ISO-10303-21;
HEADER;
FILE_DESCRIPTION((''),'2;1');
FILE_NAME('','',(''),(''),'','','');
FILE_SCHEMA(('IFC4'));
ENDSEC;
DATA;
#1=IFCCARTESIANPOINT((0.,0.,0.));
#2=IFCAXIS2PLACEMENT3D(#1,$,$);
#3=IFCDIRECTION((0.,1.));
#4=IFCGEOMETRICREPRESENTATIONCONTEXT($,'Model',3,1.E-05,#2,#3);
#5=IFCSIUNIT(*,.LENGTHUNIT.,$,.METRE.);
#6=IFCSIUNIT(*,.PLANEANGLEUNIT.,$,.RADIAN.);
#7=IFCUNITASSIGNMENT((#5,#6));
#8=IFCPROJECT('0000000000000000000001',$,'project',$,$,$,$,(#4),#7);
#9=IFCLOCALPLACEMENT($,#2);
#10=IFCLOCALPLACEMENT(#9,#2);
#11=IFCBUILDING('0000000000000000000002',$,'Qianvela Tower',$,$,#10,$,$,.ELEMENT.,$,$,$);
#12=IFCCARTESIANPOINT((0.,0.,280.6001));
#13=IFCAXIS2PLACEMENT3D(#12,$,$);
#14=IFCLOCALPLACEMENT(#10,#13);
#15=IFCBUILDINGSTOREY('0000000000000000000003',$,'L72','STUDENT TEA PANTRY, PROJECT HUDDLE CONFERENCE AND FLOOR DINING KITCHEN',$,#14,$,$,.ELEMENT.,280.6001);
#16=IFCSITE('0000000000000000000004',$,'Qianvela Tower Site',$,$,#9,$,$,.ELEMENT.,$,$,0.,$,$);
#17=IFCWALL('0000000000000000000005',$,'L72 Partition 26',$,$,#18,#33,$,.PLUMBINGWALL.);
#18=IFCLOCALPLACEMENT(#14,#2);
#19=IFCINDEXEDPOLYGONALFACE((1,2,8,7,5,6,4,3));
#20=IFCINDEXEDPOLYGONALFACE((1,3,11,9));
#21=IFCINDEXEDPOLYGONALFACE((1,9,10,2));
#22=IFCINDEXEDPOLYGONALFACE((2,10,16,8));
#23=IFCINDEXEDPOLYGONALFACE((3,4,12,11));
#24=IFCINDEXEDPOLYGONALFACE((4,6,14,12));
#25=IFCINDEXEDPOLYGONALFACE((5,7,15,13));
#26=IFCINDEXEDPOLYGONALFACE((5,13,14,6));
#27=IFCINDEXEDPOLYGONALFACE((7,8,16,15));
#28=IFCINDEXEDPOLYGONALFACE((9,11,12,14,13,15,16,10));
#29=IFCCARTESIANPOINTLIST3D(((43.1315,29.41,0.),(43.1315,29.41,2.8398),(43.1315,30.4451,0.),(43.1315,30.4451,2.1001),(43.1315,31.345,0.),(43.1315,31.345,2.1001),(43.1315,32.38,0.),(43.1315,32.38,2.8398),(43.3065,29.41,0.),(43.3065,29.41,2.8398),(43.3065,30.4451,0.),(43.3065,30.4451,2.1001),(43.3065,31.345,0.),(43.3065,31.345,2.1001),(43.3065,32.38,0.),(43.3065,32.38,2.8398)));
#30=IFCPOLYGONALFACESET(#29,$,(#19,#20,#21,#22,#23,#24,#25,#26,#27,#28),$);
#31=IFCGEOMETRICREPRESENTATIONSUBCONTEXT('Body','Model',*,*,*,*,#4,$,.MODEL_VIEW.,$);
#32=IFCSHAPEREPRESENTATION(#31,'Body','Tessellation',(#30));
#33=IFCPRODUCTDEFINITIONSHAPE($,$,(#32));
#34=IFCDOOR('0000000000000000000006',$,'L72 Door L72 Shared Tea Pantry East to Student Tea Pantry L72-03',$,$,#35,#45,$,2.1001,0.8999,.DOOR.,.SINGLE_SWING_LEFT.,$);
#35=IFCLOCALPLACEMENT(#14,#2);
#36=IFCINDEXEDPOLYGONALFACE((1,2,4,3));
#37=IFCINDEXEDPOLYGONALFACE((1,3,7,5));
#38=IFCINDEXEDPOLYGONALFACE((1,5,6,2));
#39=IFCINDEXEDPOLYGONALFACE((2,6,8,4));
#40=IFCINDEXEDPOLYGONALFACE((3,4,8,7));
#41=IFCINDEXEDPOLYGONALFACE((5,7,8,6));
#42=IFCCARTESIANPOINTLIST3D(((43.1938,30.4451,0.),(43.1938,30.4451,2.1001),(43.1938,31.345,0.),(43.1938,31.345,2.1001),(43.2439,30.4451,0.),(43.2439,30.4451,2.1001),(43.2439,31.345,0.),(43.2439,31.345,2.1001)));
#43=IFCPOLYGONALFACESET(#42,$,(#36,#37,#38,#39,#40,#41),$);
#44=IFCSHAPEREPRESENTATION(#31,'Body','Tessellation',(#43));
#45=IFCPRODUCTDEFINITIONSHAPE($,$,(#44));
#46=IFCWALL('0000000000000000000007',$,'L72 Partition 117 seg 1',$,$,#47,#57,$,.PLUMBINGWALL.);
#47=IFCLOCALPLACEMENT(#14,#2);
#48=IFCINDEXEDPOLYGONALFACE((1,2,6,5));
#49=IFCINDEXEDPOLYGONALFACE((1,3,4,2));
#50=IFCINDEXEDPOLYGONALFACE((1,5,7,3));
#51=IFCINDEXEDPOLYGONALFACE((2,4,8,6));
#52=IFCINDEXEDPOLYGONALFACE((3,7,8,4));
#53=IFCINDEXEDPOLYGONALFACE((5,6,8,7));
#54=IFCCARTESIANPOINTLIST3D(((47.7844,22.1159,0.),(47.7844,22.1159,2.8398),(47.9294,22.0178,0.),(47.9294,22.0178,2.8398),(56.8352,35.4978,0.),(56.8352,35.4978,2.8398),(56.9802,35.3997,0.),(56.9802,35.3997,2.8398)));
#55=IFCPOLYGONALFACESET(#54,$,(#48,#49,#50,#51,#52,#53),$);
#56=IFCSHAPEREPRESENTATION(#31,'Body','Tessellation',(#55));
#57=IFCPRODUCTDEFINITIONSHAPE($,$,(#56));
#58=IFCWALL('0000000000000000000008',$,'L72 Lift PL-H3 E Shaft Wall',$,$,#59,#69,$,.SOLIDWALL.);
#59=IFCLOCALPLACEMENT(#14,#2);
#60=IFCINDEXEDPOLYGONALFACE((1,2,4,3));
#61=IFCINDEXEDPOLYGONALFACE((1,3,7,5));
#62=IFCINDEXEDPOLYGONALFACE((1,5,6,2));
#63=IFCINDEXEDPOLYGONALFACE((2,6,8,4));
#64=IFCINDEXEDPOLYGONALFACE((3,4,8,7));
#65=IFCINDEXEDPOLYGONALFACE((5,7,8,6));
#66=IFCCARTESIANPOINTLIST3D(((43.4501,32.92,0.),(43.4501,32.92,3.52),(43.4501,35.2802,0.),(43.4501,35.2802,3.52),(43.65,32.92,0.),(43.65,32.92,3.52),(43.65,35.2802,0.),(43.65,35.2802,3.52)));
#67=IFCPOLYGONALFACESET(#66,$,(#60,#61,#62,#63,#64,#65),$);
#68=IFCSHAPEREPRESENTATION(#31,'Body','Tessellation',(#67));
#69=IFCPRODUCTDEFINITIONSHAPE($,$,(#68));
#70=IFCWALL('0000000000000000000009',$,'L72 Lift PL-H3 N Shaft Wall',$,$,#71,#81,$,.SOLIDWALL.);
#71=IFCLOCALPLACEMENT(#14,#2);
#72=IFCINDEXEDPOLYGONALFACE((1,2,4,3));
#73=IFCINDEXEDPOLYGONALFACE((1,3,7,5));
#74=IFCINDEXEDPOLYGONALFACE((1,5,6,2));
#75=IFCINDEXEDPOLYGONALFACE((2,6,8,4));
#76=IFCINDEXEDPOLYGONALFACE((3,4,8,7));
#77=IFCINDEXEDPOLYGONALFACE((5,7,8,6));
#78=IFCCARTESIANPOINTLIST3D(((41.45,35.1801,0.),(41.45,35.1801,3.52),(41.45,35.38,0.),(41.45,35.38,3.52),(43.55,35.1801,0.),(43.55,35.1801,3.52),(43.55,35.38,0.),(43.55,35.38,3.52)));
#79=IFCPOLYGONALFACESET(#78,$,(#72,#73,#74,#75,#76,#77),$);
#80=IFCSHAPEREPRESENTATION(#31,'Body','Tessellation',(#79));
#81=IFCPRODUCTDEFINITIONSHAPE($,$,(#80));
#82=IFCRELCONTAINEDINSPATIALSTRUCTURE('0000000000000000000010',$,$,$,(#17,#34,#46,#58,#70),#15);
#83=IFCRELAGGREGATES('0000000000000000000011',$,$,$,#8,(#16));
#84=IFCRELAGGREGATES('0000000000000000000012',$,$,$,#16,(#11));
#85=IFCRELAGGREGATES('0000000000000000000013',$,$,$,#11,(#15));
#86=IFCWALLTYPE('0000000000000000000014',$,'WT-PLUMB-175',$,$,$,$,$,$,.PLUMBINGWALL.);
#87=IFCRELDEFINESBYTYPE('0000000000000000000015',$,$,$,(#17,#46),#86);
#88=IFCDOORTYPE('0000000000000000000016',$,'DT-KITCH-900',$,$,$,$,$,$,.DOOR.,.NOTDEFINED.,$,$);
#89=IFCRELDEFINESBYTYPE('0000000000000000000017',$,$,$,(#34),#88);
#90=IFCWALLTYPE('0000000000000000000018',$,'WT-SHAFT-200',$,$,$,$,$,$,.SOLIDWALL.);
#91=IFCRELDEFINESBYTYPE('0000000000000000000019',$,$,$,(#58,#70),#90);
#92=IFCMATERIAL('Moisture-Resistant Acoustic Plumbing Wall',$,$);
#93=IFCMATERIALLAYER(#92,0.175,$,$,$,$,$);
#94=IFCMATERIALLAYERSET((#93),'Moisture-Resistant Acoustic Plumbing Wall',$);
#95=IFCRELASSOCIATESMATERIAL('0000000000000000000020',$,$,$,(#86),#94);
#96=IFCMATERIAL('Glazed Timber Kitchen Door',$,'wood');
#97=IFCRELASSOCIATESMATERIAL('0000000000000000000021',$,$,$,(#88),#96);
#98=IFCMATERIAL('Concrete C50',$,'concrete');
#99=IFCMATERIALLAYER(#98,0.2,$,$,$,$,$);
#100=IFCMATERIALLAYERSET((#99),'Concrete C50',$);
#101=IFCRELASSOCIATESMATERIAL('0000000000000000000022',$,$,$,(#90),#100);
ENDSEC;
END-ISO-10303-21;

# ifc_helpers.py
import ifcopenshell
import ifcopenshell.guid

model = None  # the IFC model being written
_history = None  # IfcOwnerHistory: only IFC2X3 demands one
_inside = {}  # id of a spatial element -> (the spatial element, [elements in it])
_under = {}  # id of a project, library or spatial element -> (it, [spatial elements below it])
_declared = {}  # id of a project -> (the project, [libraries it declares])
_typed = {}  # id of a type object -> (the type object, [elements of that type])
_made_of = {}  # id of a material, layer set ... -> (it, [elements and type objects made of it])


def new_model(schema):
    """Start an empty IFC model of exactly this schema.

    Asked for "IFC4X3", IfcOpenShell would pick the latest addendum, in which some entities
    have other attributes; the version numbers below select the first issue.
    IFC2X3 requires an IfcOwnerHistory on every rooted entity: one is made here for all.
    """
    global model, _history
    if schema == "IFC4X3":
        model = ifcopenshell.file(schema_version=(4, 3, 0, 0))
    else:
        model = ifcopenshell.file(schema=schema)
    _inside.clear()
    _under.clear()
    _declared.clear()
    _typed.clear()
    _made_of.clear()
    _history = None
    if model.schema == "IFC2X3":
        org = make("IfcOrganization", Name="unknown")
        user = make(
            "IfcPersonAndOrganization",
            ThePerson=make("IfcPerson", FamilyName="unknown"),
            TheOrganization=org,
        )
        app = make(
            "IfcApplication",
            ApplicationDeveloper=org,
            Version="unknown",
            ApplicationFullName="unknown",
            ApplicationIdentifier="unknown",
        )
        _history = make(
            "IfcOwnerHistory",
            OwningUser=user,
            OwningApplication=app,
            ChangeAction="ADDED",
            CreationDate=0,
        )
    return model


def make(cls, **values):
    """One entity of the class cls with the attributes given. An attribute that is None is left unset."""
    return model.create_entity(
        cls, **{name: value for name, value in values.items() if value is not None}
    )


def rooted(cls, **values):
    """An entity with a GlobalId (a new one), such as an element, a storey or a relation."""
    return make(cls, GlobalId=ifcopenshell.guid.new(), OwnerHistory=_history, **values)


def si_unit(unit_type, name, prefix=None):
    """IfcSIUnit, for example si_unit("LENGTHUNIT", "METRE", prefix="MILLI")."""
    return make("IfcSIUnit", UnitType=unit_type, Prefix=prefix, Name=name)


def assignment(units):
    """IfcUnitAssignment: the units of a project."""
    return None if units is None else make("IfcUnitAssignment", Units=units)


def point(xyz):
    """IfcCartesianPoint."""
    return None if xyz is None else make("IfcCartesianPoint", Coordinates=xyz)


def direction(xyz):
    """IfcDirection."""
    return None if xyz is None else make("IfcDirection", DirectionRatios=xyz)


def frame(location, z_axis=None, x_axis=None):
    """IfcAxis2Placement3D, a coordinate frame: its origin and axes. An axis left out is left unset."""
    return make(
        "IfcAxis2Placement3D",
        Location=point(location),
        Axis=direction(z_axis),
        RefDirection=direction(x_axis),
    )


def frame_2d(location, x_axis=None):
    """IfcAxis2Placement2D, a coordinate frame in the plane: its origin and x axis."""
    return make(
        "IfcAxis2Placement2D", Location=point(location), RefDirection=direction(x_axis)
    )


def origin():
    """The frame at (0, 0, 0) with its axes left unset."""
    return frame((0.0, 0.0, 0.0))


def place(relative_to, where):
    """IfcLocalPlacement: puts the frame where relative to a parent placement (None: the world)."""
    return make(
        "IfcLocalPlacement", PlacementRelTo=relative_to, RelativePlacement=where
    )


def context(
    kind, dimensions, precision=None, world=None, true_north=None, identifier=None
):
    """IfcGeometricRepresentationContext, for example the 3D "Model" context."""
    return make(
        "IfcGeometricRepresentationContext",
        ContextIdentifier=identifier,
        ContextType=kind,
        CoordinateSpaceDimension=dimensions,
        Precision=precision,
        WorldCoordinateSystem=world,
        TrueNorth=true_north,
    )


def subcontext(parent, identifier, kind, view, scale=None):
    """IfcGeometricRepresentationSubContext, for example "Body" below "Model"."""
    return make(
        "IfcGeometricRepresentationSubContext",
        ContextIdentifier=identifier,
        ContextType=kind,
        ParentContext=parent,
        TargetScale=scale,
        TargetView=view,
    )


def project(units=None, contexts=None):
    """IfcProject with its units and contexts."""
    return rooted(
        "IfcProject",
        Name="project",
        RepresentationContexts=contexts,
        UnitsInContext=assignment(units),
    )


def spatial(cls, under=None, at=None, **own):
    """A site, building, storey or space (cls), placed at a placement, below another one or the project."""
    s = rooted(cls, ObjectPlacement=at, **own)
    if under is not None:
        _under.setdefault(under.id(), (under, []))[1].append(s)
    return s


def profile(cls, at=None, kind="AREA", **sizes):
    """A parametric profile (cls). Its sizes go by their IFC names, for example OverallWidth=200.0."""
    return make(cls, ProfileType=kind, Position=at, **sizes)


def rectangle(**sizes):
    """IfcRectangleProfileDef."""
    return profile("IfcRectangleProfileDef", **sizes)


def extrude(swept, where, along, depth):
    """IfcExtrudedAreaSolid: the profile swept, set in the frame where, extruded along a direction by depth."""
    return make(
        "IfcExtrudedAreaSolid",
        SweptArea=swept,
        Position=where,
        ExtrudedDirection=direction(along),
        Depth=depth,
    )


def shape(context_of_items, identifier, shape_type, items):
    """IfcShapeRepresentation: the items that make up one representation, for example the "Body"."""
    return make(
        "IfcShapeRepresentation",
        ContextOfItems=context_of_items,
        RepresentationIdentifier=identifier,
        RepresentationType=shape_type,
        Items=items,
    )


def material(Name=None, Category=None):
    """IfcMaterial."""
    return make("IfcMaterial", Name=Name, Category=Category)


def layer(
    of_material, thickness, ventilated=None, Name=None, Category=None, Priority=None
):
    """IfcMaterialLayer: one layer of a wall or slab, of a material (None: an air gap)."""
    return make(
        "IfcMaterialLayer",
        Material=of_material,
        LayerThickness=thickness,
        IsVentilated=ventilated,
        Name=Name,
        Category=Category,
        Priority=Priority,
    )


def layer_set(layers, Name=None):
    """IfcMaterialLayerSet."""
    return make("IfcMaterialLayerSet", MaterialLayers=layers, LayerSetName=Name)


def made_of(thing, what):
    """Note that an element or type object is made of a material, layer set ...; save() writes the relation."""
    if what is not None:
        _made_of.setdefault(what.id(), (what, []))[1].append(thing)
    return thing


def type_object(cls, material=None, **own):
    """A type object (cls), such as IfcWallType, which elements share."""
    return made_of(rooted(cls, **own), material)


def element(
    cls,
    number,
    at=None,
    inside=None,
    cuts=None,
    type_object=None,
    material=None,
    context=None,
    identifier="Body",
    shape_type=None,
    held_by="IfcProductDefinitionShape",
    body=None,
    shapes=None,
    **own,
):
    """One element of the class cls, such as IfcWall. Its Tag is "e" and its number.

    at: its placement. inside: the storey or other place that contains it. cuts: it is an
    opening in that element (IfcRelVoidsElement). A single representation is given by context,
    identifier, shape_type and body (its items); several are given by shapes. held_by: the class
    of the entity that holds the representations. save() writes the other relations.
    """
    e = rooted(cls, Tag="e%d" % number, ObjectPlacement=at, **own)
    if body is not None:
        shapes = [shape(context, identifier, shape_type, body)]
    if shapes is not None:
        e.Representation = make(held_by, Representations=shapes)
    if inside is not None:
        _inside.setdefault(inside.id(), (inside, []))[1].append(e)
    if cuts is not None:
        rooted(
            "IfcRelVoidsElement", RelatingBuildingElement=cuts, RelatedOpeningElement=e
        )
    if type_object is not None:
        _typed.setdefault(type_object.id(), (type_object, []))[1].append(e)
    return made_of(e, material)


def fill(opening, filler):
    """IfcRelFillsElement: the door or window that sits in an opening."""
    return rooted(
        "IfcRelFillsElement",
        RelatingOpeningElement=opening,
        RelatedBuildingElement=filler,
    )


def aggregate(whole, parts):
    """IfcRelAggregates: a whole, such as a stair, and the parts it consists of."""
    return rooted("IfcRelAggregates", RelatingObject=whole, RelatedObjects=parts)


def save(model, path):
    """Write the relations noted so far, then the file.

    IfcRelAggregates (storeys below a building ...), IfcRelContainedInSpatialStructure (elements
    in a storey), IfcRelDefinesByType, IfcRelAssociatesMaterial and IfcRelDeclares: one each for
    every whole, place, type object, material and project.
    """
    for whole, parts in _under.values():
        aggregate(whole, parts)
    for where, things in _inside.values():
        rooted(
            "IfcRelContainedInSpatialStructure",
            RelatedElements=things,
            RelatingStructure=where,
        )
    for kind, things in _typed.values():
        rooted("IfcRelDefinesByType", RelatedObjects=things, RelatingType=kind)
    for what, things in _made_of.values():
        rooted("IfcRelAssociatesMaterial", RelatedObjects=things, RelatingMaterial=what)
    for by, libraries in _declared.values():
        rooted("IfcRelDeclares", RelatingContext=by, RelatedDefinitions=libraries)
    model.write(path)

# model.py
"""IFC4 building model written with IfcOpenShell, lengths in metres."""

from ifc_helpers import new_model, si_unit, direction, frame, frame_2d, origin, place, context, subcontext, project, spatial, rectangle, extrude, material, layer, layer_set, type_object, element, fill, save


model = new_model("IFC4")

# Units and contexts
model_context = context("Model", 3, precision=1e-05, world=origin(), true_north=direction((0.0, 1.0)))
body_context = subcontext(model_context, "Body", "Model", "MODEL_VIEW")
ifc_project = project(units=[si_unit("LENGTHUNIT", "METRE"), si_unit("PLANEANGLEUNIT", "RADIAN")], contexts=[model_context])

# Site, building, storey
site_placement = place(None, origin())
site = spatial("IfcSite", under=ifc_project, at=site_placement, Name="Qianvela Tower Site", CompositionType="ELEMENT", RefElevation=0.0)
building_placement = place(site_placement, origin())
building = spatial("IfcBuilding", under=site, at=building_placement, Name="Qianvela Tower", CompositionType="ELEMENT")
storey_placement = place(building_placement, frame((0.0, 0.0, 280.6001)))
storey = spatial("IfcBuildingStorey", under=building, at=storey_placement, Name="L72", Description="STUDENT TEA PANTRY, PROJECT HUDDLE CONFERENCE AND FLOOR DINING KITCHEN", CompositionType="ELEMENT", Elevation=280.6001)

# Shared definitions
ifc_material_1 = material(Name="Moisture-Resistant Acoustic Plumbing Wall")
ifc_layer_1 = layer(ifc_material_1, 0.175)
ifc_layer_set_1 = layer_set([ifc_layer_1], Name="Moisture-Resistant Acoustic Plumbing Wall")
wall_type_1 = type_object("IfcWallType", Name="WT-PLUMB-175", PredefinedType="PLUMBINGWALL", material=ifc_layer_set_1)

# Wall, opening, door
wall_1_placement = place(storey_placement, frame((43.219, 32.3799, 0.0), z_axis=(0.0, 0.0, 1.0), x_axis=(0.0, -1.0, 0.0)))
wall_1 = element("IfcWall", 1, at=wall_1_placement, inside=storey, type_object=wall_type_1, Name="L72 Partition 26", PredefinedType="PLUMBINGWALL", context=body_context, shape_type="SweptSolid", body=[
    extrude(rectangle(XDim=2.97, YDim=0.175, at=frame_2d((1.4849, 0.0))), origin(), (0.0, 0.0, 1.0), 2.8398),
])
opening_1_placement = place(wall_1_placement, frame((1.0349, 0.0, 0.0)))
opening_1 = element("IfcOpeningElement", 2, at=opening_1_placement, cuts=wall_1, PredefinedType="OPENING", context=body_context, shape_type="SweptSolid", body=[
    extrude(rectangle(XDim=0.8999, YDim=2.1001, at=frame_2d((0.45, 1.05))), frame((0.0, 0.0974, 0.0), z_axis=(0.0, -1.0, 0.0), x_axis=(1.0, 0.0, 0.0)), (0.0, 0.0, 1.0), 0.1951),
])
ifc_material_2 = material(Name="Glazed Timber Kitchen Door", Category="wood")
door_type_1 = type_object("IfcDoorType", Name="DT-KITCH-900", OperationType="NOTDEFINED", PredefinedType="DOOR", material=ifc_material_2)
door_1_placement = place(opening_1_placement, origin())
door_1 = element("IfcDoor", 3, at=door_1_placement, inside=storey, type_object=door_type_1, Name="L72 Door L72 Shared Tea Pantry East to Student Tea Pantry L72-03", OperationType="SINGLE_SWING_LEFT", OverallHeight=2.1001, OverallWidth=0.8999, PredefinedType="DOOR", context=body_context, shape_type="SweptSolid", body=[
    extrude(rectangle(XDim=0.8999, YDim=2.1001, at=frame_2d((0.45, 1.05))), frame((0.0, 0.0249, 0.0), z_axis=(0.0, -1.0, 0.0), x_axis=(1.0, 0.0, 0.0)), (0.0, 0.0, 1.0), 0.05),
])
fill(opening_1, door_1)

# Walls
wall_2_placement = place(storey_placement, frame((56.9077, 35.4487, 0.0), z_axis=(0.0, 0.0, 1.0), x_axis=(-0.56024, -0.82833, 0.0)))
element("IfcWall", 4, at=wall_2_placement, inside=storey, type_object=wall_type_1, Name="L72 Partition 117 seg 1", PredefinedType="PLUMBINGWALL", context=body_context, shape_type="SweptSolid", body=[
    extrude(rectangle(XDim=16.1553, YDim=0.175, at=frame_2d((8.0776, 0.0))), origin(), (0.0, 0.0, 1.0), 2.8398),
])
ifc_material_3 = material(Name="Concrete C50", Category="concrete")
ifc_layer_2 = layer(ifc_material_3, 0.2)
ifc_layer_set_2 = layer_set([ifc_layer_2], Name="Concrete C50")
wall_type_2 = type_object("IfcWallType", Name="WT-SHAFT-200", PredefinedType="SOLIDWALL", material=ifc_layer_set_2)
wall_3_placement = place(storey_placement, frame((43.55, 32.9199, 0.0), z_axis=(0.0, 0.0, 1.0), x_axis=(0.0, 1.0, 0.0)))
element("IfcWall", 5, at=wall_3_placement, inside=storey, type_object=wall_type_2, Name="L72 Lift PL-H3 E Shaft Wall", PredefinedType="SOLIDWALL", context=body_context, shape_type="SweptSolid", body=[
    extrude(rectangle(XDim=2.3601, YDim=0.2, at=frame_2d((1.1802, 0.0))), origin(), (0.0, 0.0, 1.0), 3.52),
])
wall_4_placement = place(storey_placement, frame((41.45, 35.28, 0.0), z_axis=(0.0, 0.0, 1.0), x_axis=(1.0, 0.0, 0.0)))
element("IfcWall", 6, at=wall_4_placement, inside=storey, type_object=wall_type_2, Name="L72 Lift PL-H3 N Shaft Wall", PredefinedType="SOLIDWALL", context=body_context, shape_type="SweptSolid", body=[
    extrude(rectangle(XDim=2.1001, YDim=0.2, at=frame_2d((1.05, 0.0))), origin(), (0.0, 0.0, 1.0), 3.52),
])

save(model, "model.ifc")
